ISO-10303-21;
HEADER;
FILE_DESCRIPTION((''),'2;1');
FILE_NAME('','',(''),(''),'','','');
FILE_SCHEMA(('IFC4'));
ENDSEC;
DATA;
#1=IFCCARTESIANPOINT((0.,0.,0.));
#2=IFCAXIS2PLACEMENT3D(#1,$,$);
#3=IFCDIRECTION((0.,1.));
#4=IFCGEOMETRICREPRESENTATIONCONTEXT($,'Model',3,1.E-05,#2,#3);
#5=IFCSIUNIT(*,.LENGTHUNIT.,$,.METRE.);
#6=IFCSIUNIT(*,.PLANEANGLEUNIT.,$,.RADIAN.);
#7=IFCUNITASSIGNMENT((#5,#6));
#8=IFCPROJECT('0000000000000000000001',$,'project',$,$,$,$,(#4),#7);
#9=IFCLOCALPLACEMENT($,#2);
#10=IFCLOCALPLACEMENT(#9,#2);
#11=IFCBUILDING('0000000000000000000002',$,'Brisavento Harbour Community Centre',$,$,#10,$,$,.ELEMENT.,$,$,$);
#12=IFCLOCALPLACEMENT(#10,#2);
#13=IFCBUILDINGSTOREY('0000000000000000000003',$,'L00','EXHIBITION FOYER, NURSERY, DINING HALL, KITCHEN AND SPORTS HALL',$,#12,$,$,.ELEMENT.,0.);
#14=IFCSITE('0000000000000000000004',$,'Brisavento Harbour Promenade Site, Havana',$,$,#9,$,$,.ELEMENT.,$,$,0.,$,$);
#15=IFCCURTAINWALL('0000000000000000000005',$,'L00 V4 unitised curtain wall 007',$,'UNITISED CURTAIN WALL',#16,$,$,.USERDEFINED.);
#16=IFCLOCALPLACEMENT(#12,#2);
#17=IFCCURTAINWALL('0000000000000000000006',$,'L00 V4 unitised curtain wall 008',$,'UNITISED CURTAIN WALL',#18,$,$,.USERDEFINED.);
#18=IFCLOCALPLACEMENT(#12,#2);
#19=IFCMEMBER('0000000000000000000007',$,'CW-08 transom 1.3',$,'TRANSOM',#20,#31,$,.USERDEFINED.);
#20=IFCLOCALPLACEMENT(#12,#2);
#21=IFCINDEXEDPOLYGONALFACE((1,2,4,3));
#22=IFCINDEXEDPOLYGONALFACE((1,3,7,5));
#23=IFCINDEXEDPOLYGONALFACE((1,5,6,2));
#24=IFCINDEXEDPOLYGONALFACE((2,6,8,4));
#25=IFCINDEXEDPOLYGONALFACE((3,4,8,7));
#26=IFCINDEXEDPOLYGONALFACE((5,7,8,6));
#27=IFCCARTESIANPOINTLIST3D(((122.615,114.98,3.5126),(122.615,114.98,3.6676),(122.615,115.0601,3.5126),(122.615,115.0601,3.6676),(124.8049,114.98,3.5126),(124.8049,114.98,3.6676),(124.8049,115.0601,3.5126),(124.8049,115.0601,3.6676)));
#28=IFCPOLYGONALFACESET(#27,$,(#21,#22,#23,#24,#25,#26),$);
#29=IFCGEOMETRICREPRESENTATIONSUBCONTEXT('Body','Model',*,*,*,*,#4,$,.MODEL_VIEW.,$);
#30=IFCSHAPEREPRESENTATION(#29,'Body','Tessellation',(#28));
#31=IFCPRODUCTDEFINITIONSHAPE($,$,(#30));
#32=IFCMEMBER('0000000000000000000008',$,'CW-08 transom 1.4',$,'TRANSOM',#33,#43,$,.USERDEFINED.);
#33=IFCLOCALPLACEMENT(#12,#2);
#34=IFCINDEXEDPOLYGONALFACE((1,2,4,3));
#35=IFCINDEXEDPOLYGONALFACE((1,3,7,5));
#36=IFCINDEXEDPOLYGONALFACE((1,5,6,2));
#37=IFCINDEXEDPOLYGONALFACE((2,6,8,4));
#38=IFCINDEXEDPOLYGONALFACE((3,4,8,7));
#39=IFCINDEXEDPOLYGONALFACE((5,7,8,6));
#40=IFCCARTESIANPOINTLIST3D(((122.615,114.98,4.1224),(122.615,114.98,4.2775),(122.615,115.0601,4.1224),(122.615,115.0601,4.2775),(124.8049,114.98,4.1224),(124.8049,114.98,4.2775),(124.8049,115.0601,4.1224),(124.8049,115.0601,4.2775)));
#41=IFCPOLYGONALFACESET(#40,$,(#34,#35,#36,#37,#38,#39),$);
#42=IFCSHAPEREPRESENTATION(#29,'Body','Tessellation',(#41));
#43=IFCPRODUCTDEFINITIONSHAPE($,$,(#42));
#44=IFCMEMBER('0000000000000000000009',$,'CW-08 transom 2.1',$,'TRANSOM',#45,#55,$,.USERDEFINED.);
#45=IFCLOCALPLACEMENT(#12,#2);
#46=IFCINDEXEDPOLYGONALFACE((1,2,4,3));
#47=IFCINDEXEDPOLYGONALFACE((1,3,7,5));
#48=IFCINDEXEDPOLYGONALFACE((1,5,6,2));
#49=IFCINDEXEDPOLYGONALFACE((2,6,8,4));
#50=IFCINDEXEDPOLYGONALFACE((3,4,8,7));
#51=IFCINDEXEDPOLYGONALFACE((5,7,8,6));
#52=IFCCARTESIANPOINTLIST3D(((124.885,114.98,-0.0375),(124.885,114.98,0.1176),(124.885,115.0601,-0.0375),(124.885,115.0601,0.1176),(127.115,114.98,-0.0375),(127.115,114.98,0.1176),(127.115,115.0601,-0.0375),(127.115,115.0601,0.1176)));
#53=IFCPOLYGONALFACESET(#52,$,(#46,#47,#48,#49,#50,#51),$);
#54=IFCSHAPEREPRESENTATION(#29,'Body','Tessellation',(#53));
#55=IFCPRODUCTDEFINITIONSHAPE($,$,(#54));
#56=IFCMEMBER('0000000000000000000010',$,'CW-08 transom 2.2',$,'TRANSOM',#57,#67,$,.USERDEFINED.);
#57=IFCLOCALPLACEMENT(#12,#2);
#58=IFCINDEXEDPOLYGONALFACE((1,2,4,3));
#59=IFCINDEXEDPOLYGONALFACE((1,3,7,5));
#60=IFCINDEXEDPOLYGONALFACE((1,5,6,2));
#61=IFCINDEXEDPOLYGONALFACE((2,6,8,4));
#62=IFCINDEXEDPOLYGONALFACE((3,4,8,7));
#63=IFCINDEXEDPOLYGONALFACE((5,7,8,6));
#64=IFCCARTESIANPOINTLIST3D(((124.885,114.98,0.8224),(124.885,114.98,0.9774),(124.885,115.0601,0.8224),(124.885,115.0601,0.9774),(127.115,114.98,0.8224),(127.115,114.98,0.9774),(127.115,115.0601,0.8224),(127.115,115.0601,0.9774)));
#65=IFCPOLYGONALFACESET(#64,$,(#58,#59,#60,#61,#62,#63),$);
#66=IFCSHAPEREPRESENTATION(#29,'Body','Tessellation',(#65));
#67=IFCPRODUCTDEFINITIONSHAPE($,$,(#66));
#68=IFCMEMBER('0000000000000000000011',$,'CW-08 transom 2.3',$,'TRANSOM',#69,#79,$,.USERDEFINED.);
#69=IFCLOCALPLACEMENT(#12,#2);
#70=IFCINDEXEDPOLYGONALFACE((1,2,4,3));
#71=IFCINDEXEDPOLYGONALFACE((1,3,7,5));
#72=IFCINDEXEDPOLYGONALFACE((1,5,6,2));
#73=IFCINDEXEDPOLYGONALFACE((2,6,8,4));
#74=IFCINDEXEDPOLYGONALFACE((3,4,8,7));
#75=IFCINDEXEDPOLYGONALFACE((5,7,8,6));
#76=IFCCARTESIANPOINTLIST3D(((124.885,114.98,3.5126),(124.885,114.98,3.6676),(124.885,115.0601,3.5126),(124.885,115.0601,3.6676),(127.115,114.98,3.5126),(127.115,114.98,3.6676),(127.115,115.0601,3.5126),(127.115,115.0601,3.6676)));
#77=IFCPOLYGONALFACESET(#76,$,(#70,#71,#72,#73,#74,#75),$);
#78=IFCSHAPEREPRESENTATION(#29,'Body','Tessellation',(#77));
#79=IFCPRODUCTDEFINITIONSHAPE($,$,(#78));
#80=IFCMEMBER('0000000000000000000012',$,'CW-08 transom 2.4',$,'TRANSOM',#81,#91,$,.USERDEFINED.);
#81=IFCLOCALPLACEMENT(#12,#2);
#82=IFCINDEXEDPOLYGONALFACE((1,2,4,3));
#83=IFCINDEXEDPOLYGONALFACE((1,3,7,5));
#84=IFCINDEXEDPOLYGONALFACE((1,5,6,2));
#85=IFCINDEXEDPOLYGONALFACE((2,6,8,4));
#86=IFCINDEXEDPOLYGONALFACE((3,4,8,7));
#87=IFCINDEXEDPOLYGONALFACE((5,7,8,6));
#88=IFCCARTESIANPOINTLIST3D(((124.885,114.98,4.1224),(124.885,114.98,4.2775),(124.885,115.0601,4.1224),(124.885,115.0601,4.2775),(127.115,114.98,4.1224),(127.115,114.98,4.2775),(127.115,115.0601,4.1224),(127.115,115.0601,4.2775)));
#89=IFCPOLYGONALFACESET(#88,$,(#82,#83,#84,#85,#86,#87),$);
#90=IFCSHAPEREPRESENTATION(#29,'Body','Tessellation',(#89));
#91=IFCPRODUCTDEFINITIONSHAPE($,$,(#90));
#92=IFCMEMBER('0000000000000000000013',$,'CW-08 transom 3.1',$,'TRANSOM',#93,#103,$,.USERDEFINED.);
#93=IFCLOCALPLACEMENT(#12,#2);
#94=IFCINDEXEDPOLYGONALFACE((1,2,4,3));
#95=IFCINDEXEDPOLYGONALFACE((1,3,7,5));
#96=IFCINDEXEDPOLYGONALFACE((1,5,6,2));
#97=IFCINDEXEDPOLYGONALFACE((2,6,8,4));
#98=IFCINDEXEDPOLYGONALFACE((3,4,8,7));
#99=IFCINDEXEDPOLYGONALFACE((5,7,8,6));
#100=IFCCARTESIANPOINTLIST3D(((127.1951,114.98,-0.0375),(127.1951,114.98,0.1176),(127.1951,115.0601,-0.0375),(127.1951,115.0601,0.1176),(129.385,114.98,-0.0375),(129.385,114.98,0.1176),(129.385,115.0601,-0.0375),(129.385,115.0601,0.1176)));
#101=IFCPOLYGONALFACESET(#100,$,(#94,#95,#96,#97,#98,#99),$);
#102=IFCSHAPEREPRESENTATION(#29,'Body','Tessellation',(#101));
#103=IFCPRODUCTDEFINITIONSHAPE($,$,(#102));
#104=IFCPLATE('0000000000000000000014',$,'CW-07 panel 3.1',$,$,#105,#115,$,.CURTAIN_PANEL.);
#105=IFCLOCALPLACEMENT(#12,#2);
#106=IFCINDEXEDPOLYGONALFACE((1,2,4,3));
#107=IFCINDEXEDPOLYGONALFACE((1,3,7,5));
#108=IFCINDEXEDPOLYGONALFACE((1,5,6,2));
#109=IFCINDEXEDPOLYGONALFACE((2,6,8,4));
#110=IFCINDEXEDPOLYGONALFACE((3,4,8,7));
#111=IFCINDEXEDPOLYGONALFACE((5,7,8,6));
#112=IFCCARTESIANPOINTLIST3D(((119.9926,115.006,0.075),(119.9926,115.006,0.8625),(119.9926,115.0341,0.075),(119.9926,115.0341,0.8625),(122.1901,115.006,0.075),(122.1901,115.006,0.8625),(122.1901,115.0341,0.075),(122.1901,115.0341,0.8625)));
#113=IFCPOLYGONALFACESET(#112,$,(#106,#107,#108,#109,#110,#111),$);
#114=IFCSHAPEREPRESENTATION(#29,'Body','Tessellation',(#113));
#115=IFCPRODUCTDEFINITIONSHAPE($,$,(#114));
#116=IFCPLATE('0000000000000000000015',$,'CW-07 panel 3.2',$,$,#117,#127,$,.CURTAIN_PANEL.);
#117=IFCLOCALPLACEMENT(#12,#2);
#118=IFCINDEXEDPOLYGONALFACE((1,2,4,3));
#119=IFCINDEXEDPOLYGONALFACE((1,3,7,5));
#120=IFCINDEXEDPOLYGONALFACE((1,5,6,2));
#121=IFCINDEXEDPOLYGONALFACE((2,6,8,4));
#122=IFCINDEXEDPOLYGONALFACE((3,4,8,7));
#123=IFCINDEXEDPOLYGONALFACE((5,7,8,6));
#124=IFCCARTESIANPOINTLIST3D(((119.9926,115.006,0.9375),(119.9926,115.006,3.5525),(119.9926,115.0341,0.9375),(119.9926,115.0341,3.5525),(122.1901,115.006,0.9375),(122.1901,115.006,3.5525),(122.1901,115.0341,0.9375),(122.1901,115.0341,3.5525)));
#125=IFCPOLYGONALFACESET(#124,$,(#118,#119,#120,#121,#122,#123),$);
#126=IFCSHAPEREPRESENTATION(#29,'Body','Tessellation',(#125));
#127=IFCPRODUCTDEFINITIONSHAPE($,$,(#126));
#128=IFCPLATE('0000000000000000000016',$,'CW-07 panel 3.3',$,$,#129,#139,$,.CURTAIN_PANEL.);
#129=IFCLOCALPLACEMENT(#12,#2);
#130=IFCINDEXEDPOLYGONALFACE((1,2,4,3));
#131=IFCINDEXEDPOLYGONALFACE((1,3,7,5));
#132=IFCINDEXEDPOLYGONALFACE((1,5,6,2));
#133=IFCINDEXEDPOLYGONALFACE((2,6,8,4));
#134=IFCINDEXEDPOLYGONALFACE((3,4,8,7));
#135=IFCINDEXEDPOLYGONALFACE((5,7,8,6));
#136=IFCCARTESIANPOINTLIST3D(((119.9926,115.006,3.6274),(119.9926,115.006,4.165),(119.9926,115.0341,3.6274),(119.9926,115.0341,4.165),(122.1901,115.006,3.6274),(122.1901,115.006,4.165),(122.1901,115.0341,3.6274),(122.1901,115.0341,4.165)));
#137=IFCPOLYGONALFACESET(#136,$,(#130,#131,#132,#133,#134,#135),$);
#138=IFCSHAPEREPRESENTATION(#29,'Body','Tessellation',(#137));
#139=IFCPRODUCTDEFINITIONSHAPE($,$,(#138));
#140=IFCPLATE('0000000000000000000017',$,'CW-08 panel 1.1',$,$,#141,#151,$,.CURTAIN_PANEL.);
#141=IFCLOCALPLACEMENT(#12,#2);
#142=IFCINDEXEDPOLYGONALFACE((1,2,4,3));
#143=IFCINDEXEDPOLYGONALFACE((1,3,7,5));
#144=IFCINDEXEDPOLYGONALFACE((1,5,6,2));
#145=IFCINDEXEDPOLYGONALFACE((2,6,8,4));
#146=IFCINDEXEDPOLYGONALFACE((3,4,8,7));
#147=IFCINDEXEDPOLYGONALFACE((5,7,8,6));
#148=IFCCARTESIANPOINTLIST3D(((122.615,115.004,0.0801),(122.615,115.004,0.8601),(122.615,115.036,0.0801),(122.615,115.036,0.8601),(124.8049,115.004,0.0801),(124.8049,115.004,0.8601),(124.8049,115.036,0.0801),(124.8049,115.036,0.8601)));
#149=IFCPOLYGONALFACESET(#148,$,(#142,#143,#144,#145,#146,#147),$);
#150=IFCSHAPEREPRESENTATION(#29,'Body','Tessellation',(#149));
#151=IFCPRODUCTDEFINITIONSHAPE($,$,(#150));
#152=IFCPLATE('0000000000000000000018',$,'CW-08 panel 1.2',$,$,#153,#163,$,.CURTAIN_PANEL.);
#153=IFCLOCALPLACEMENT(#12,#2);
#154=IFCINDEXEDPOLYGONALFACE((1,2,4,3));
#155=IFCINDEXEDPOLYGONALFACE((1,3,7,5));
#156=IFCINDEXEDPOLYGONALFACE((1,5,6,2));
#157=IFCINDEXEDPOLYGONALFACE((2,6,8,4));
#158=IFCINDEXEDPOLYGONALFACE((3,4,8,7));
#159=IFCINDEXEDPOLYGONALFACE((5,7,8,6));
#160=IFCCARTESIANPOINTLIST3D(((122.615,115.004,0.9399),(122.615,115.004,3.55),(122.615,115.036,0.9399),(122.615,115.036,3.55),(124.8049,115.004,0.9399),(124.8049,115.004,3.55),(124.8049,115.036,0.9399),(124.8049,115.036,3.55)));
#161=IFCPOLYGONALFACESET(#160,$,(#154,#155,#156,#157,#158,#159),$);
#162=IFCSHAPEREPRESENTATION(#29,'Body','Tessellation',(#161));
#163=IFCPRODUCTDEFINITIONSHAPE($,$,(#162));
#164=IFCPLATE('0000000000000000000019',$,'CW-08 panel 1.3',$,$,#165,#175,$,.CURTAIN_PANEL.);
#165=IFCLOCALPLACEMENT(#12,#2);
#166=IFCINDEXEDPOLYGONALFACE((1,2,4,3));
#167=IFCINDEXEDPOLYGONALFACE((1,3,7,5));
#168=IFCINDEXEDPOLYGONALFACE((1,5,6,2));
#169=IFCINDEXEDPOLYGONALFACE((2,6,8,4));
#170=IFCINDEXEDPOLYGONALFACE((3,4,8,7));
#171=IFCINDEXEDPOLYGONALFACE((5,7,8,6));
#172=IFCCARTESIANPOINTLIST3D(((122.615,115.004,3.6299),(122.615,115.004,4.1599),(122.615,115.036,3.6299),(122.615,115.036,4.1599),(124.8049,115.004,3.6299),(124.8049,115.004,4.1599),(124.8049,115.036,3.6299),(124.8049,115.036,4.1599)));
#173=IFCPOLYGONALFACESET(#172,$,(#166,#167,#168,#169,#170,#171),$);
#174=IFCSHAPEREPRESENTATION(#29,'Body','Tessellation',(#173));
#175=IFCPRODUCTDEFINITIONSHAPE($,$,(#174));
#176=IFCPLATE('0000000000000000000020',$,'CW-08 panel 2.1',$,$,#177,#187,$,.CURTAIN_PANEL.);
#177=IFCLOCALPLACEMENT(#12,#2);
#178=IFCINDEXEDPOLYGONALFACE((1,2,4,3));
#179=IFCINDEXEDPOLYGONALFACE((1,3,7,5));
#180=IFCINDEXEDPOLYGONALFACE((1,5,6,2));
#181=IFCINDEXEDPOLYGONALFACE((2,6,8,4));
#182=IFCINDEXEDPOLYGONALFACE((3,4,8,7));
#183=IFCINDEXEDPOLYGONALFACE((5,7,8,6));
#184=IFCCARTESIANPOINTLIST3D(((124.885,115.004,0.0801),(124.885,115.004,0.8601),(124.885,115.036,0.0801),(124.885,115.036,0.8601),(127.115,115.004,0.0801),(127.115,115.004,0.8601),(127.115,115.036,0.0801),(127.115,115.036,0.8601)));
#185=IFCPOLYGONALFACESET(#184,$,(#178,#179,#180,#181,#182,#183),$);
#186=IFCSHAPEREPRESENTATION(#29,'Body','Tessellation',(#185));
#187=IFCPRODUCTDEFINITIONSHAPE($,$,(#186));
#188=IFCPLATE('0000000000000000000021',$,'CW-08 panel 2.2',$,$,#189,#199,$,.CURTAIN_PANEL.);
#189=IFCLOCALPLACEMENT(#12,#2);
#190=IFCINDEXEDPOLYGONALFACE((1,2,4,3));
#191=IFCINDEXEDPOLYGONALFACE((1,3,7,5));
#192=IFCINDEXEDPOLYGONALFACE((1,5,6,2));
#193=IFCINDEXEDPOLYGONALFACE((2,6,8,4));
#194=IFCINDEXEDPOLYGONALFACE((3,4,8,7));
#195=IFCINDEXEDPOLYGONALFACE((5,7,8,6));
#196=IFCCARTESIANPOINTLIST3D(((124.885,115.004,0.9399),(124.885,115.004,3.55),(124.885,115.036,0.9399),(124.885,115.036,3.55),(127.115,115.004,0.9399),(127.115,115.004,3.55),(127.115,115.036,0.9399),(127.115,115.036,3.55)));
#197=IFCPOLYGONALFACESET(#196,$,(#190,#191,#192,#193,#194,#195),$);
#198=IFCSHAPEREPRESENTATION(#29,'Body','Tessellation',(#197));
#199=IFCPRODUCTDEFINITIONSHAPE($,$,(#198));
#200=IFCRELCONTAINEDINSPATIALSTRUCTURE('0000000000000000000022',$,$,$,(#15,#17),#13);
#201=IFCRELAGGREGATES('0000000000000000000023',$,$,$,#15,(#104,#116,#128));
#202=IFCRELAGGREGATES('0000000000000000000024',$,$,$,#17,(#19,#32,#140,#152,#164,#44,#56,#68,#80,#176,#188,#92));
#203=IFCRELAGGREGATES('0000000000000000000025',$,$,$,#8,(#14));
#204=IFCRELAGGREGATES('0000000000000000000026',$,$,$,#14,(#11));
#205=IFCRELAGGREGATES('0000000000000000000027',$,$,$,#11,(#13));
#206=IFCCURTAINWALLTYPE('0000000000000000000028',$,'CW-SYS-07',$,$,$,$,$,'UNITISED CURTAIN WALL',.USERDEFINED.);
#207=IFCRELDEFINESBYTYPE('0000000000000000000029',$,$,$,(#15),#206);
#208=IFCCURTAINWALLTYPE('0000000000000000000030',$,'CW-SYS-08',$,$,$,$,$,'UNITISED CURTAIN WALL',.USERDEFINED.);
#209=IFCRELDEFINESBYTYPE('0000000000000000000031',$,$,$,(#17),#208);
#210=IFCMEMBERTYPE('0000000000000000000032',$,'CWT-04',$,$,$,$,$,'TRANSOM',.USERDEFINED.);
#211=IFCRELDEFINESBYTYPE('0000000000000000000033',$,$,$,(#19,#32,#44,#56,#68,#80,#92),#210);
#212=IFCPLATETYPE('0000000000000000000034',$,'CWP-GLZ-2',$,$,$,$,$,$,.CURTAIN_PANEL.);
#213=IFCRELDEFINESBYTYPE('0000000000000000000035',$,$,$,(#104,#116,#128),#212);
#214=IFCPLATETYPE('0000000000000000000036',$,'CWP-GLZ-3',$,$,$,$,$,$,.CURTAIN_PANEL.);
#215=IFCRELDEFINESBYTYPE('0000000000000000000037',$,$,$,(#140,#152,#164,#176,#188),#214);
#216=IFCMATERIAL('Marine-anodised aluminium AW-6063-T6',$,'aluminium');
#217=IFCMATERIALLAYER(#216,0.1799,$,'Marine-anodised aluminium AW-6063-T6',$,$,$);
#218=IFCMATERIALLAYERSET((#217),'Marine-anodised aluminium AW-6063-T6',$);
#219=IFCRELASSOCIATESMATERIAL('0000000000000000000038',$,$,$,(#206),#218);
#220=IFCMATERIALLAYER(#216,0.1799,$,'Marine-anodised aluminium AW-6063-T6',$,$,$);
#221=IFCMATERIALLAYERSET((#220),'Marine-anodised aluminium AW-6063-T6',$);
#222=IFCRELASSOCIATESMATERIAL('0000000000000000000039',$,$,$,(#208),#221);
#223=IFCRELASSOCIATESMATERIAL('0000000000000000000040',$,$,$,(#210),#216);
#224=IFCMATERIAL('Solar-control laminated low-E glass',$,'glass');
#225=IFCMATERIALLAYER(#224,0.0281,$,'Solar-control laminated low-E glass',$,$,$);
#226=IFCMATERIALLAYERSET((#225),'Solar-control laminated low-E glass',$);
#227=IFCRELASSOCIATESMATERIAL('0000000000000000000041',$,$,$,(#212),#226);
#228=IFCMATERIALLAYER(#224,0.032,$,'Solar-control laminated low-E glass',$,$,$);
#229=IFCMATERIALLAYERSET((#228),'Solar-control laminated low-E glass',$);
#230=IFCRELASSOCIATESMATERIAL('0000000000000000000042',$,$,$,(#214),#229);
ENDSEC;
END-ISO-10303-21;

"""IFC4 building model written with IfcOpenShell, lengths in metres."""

from ifc_helpers import new_model, si_unit, direction, frame, origin, origin_2d, place, context, subcontext, project, spatial, rectangle, extrude, material, layer, layer_set, material_profile, profile_set, type_object, element, aggregate, save


model = new_model("IFC4")

# Units and contexts
model_context = context("Model", 3, precision=1e-05, world=origin(), true_north=direction((0.0, 1.0)))
body_context = subcontext(model_context, "Body", "Model", "MODEL_VIEW")
ifc_project = project(units=[si_unit("LENGTHUNIT", "METRE"), si_unit("PLANEANGLEUNIT", "RADIAN")], contexts=[model_context])

# Site, building, storey
site_placement = place(None, origin())
site = spatial("IfcSite", under=ifc_project, at=site_placement, Name="Brisavento Harbour Promenade Site, Havana", CompositionType="ELEMENT", RefElevation=0.0)
building_placement = place(site_placement, origin())
building = spatial("IfcBuilding", under=site, at=building_placement, Name="Brisavento Harbour Community Centre", CompositionType="ELEMENT")
storey_placement = place(building_placement, origin())
storey = spatial("IfcBuildingStorey", under=building, at=storey_placement, Name="L00", Description="EXHIBITION FOYER, NURSERY, DINING HALL, KITCHEN AND SPORTS HALL", CompositionType="ELEMENT", Elevation=0.0)

# Curtain wall
ifc_material_1 = material(Name="Marine-anodised aluminium AW-6063-T6", Category="aluminium")
ifc_layer_1 = layer(ifc_material_1, 0.1799, Name="Marine-anodised aluminium AW-6063-T6")
ifc_layer_set_1 = layer_set([ifc_layer_1], Name="Marine-anodised aluminium AW-6063-T6")
curtain_wall_type_1 = type_object("IfcCurtainWallType", Name="CW-SYS-07", ElementType="UNITISED CURTAIN WALL", PredefinedType="USERDEFINED", material=ifc_layer_set_1)
curtain_wall_1_placement = place(storey_placement, origin())
curtain_wall_1 = element("IfcCurtainWall", 1, at=curtain_wall_1_placement, inside=storey, type_object=curtain_wall_type_1, Name="L00 V4 unitised curtain wall 007", ObjectType="UNITISED CURTAIN WALL", PredefinedType="USERDEFINED")

# Curtain wall
ifc_layer_2 = layer(ifc_material_1, 0.1799, Name="Marine-anodised aluminium AW-6063-T6")
ifc_layer_set_2 = layer_set([ifc_layer_2], Name="Marine-anodised aluminium AW-6063-T6")
curtain_wall_type_2 = type_object("IfcCurtainWallType", Name="CW-SYS-08", ElementType="UNITISED CURTAIN WALL", PredefinedType="USERDEFINED", material=ifc_layer_set_2)
curtain_wall_2_placement = place(storey_placement, origin())
curtain_wall_2 = element("IfcCurtainWall", 2, at=curtain_wall_2_placement, inside=storey, type_object=curtain_wall_type_2, Name="L00 V4 unitised curtain wall 008", ObjectType="UNITISED CURTAIN WALL", PredefinedType="USERDEFINED")

# Members
ifc_material_profile_1 = material_profile(ifc_material_1, rectangle(XDim=0.0801, YDim=0.155, at=origin_2d()), Name="Marine-anodised aluminium AW-6063-T6")
ifc_profile_set_1 = profile_set([ifc_material_profile_1], Name="Marine-anodised aluminium AW-6063-T6")
member_type_1 = type_object("IfcMemberType", Name="CWT-04", ElementType="TRANSOM", PredefinedType="USERDEFINED", material=ifc_profile_set_1)
member_1_placement = place(storey_placement, frame((122.615, 115.02, 3.5901), z_axis=(1.0, 0.0, 0.0), x_axis=(0.0, 1.0, 0.0)))
member_1 = element("IfcMember", 3, at=member_1_placement, type_object=member_type_1, Name="CW-08 transom 1.3", ObjectType="TRANSOM", PredefinedType="USERDEFINED", context=body_context, shape_type="SweptSolid", body=[
    extrude(rectangle(XDim=0.0801, YDim=0.155, at=origin_2d()), origin(), (0.0, 0.0, 1.0), 2.1899),
])
member_2_placement = place(storey_placement, frame((122.615, 115.02, 4.2), z_axis=(1.0, 0.0, 0.0), x_axis=(0.0, 1.0, 0.0)))
member_2 = element("IfcMember", 4, at=member_2_placement, type_object=member_type_1, Name="CW-08 transom 1.4", ObjectType="TRANSOM", PredefinedType="USERDEFINED", context=body_context, shape_type="SweptSolid", body=[
    extrude(rectangle(XDim=0.0801, YDim=0.155, at=origin_2d()), origin(), (0.0, 0.0, 1.0), 2.1899),
])
member_3_placement = place(storey_placement, frame((124.885, 115.02, 0.04), z_axis=(1.0, 0.0, 0.0), x_axis=(0.0, 1.0, 0.0)))
member_3 = element("IfcMember", 5, at=member_3_placement, type_object=member_type_1, Name="CW-08 transom 2.1", ObjectType="TRANSOM", PredefinedType="USERDEFINED", context=body_context, shape_type="SweptSolid", body=[
    extrude(rectangle(XDim=0.0801, YDim=0.155, at=origin_2d()), origin(), (0.0, 0.0, 1.0), 2.23),
])
member_4_placement = place(storey_placement, frame((124.885, 115.02, 0.8999), z_axis=(1.0, 0.0, 0.0), x_axis=(0.0, 1.0, 0.0)))
member_4 = element("IfcMember", 6, at=member_4_placement, type_object=member_type_1, Name="CW-08 transom 2.2", ObjectType="TRANSOM", PredefinedType="USERDEFINED", context=body_context, shape_type="SweptSolid", body=[
    extrude(rectangle(XDim=0.0801, YDim=0.155, at=origin_2d()), origin(), (0.0, 0.0, 1.0), 2.23),
])
member_5_placement = place(storey_placement, frame((124.885, 115.02, 3.5901), z_axis=(1.0, 0.0, 0.0), x_axis=(0.0, 1.0, 0.0)))
member_5 = element("IfcMember", 7, at=member_5_placement, type_object=member_type_1, Name="CW-08 transom 2.3", ObjectType="TRANSOM", PredefinedType="USERDEFINED", context=body_context, shape_type="SweptSolid", body=[
    extrude(rectangle(XDim=0.0801, YDim=0.155, at=origin_2d()), origin(), (0.0, 0.0, 1.0), 2.23),
])
member_6_placement = place(storey_placement, frame((124.885, 115.02, 4.2), z_axis=(1.0, 0.0, 0.0), x_axis=(0.0, 1.0, 0.0)))
member_6 = element("IfcMember", 8, at=member_6_placement, type_object=member_type_1, Name="CW-08 transom 2.4", ObjectType="TRANSOM", PredefinedType="USERDEFINED", context=body_context, shape_type="SweptSolid", body=[
    extrude(rectangle(XDim=0.0801, YDim=0.155, at=origin_2d()), origin(), (0.0, 0.0, 1.0), 2.23),
])
member_7_placement = place(storey_placement, frame((127.1951, 115.02, 0.04), z_axis=(1.0, 0.0, 0.0), x_axis=(0.0, 1.0, 0.0)))
member_7 = element("IfcMember", 9, at=member_7_placement, type_object=member_type_1, Name="CW-08 transom 3.1", ObjectType="TRANSOM", PredefinedType="USERDEFINED", context=body_context, shape_type="SweptSolid", body=[
    extrude(rectangle(XDim=0.0801, YDim=0.155, at=origin_2d()), origin(), (0.0, 0.0, 1.0), 2.1899),
])

# Plates
ifc_material_2 = material(Name="Solar-control laminated low-E glass", Category="glass")
ifc_layer_3 = layer(ifc_material_2, 0.0281, Name="Solar-control laminated low-E glass")
ifc_layer_set_3 = layer_set([ifc_layer_3], Name="Solar-control laminated low-E glass")
plate_type_1 = type_object("IfcPlateType", Name="CWP-GLZ-2", PredefinedType="CURTAIN_PANEL", material=ifc_layer_set_3)
plate_1_placement = place(storey_placement, frame((121.0913, 115.02, 0.075), z_axis=(0.0, 0.0, 1.0), x_axis=(1.0, 0.0, 0.0)))
plate_1 = element("IfcPlate", 10, at=plate_1_placement, type_object=plate_type_1, Name="CW-07 panel 3.1", PredefinedType="CURTAIN_PANEL", context=body_context, shape_type="SweptSolid", body=[
    extrude(rectangle(XDim=2.1975, YDim=0.0281, at=origin_2d()), origin(), (0.0, 0.0, 1.0), 0.7876),
])
plate_2_placement = place(storey_placement, frame((121.0913, 115.02, 0.9375), z_axis=(0.0, 0.0, 1.0), x_axis=(1.0, 0.0, 0.0)))
plate_2 = element("IfcPlate", 11, at=plate_2_placement, type_object=plate_type_1, Name="CW-07 panel 3.2", PredefinedType="CURTAIN_PANEL", context=body_context, shape_type="SweptSolid", body=[
    extrude(rectangle(XDim=2.1975, YDim=0.0281, at=origin_2d()), origin(), (0.0, 0.0, 1.0), 2.615),
])
plate_3_placement = place(storey_placement, frame((121.0913, 115.02, 3.6274), z_axis=(0.0, 0.0, 1.0), x_axis=(1.0, 0.0, 0.0)))
plate_3 = element("IfcPlate", 12, at=plate_3_placement, type_object=plate_type_1, Name="CW-07 panel 3.3", PredefinedType="CURTAIN_PANEL", context=body_context, shape_type="SweptSolid", body=[
    extrude(rectangle(XDim=2.1975, YDim=0.0281, at=origin_2d()), origin(), (0.0, 0.0, 1.0), 0.5376),
])
aggregate(curtain_wall_1, [plate_1, plate_2, plate_3])
ifc_layer_4 = layer(ifc_material_2, 0.032, Name="Solar-control laminated low-E glass")
ifc_layer_set_4 = layer_set([ifc_layer_4], Name="Solar-control laminated low-E glass")
plate_type_2 = type_object("IfcPlateType", Name="CWP-GLZ-3", PredefinedType="CURTAIN_PANEL", material=ifc_layer_set_4)
plate_4_placement = place(storey_placement, frame((123.71, 115.02, 0.0801), z_axis=(0.0, 0.0, 1.0), x_axis=(1.0, 0.0, 0.0)))
plate_4 = element("IfcPlate", 13, at=plate_4_placement, type_object=plate_type_2, Name="CW-08 panel 1.1", PredefinedType="CURTAIN_PANEL", context=body_context, shape_type="SweptSolid", body=[
    extrude(rectangle(XDim=2.1899, YDim=0.032, at=origin_2d()), origin(), (0.0, 0.0, 1.0), 0.78),
])
plate_5_placement = place(storey_placement, frame((123.71, 115.02, 0.9399), z_axis=(0.0, 0.0, 1.0), x_axis=(1.0, 0.0, 0.0)))
plate_5 = element("IfcPlate", 14, at=plate_5_placement, type_object=plate_type_2, Name="CW-08 panel 1.2", PredefinedType="CURTAIN_PANEL", context=body_context, shape_type="SweptSolid", body=[
    extrude(rectangle(XDim=2.1899, YDim=0.032, at=origin_2d()), origin(), (0.0, 0.0, 1.0), 2.6101),
])
plate_6_placement = place(storey_placement, frame((123.71, 115.02, 3.6299), z_axis=(0.0, 0.0, 1.0), x_axis=(1.0, 0.0, 0.0)))
plate_6 = element("IfcPlate", 15, at=plate_6_placement, type_object=plate_type_2, Name="CW-08 panel 1.3", PredefinedType="CURTAIN_PANEL", context=body_context, shape_type="SweptSolid", body=[
    extrude(rectangle(XDim=2.1899, YDim=0.032, at=origin_2d()), origin(), (0.0, 0.0, 1.0), 0.53),
])
plate_7_placement = place(storey_placement, frame((126.0, 115.02, 0.0801), z_axis=(0.0, 0.0, 1.0), x_axis=(1.0, 0.0, 0.0)))
plate_7 = element("IfcPlate", 16, at=plate_7_placement, type_object=plate_type_2, Name="CW-08 panel 2.1", PredefinedType="CURTAIN_PANEL", context=body_context, shape_type="SweptSolid", body=[
    extrude(rectangle(XDim=2.23, YDim=0.032, at=origin_2d()), origin(), (0.0, 0.0, 1.0), 0.78),
])
plate_8_placement = place(storey_placement, frame((126.0, 115.02, 0.9399), z_axis=(0.0, 0.0, 1.0), x_axis=(1.0, 0.0, 0.0)))
plate_8 = element("IfcPlate", 17, at=plate_8_placement, type_object=plate_type_2, Name="CW-08 panel 2.2", PredefinedType="CURTAIN_PANEL", context=body_context, shape_type="SweptSolid", body=[
    extrude(rectangle(XDim=2.23, YDim=0.032, at=origin_2d()), origin(), (0.0, 0.0, 1.0), 2.6101),
])
aggregate(curtain_wall_2, [member_1, member_2, plate_4, plate_5, plate_6, member_3, member_4, member_5, member_6, plate_7, plate_8, member_7])

save(model, "model.ifc")
